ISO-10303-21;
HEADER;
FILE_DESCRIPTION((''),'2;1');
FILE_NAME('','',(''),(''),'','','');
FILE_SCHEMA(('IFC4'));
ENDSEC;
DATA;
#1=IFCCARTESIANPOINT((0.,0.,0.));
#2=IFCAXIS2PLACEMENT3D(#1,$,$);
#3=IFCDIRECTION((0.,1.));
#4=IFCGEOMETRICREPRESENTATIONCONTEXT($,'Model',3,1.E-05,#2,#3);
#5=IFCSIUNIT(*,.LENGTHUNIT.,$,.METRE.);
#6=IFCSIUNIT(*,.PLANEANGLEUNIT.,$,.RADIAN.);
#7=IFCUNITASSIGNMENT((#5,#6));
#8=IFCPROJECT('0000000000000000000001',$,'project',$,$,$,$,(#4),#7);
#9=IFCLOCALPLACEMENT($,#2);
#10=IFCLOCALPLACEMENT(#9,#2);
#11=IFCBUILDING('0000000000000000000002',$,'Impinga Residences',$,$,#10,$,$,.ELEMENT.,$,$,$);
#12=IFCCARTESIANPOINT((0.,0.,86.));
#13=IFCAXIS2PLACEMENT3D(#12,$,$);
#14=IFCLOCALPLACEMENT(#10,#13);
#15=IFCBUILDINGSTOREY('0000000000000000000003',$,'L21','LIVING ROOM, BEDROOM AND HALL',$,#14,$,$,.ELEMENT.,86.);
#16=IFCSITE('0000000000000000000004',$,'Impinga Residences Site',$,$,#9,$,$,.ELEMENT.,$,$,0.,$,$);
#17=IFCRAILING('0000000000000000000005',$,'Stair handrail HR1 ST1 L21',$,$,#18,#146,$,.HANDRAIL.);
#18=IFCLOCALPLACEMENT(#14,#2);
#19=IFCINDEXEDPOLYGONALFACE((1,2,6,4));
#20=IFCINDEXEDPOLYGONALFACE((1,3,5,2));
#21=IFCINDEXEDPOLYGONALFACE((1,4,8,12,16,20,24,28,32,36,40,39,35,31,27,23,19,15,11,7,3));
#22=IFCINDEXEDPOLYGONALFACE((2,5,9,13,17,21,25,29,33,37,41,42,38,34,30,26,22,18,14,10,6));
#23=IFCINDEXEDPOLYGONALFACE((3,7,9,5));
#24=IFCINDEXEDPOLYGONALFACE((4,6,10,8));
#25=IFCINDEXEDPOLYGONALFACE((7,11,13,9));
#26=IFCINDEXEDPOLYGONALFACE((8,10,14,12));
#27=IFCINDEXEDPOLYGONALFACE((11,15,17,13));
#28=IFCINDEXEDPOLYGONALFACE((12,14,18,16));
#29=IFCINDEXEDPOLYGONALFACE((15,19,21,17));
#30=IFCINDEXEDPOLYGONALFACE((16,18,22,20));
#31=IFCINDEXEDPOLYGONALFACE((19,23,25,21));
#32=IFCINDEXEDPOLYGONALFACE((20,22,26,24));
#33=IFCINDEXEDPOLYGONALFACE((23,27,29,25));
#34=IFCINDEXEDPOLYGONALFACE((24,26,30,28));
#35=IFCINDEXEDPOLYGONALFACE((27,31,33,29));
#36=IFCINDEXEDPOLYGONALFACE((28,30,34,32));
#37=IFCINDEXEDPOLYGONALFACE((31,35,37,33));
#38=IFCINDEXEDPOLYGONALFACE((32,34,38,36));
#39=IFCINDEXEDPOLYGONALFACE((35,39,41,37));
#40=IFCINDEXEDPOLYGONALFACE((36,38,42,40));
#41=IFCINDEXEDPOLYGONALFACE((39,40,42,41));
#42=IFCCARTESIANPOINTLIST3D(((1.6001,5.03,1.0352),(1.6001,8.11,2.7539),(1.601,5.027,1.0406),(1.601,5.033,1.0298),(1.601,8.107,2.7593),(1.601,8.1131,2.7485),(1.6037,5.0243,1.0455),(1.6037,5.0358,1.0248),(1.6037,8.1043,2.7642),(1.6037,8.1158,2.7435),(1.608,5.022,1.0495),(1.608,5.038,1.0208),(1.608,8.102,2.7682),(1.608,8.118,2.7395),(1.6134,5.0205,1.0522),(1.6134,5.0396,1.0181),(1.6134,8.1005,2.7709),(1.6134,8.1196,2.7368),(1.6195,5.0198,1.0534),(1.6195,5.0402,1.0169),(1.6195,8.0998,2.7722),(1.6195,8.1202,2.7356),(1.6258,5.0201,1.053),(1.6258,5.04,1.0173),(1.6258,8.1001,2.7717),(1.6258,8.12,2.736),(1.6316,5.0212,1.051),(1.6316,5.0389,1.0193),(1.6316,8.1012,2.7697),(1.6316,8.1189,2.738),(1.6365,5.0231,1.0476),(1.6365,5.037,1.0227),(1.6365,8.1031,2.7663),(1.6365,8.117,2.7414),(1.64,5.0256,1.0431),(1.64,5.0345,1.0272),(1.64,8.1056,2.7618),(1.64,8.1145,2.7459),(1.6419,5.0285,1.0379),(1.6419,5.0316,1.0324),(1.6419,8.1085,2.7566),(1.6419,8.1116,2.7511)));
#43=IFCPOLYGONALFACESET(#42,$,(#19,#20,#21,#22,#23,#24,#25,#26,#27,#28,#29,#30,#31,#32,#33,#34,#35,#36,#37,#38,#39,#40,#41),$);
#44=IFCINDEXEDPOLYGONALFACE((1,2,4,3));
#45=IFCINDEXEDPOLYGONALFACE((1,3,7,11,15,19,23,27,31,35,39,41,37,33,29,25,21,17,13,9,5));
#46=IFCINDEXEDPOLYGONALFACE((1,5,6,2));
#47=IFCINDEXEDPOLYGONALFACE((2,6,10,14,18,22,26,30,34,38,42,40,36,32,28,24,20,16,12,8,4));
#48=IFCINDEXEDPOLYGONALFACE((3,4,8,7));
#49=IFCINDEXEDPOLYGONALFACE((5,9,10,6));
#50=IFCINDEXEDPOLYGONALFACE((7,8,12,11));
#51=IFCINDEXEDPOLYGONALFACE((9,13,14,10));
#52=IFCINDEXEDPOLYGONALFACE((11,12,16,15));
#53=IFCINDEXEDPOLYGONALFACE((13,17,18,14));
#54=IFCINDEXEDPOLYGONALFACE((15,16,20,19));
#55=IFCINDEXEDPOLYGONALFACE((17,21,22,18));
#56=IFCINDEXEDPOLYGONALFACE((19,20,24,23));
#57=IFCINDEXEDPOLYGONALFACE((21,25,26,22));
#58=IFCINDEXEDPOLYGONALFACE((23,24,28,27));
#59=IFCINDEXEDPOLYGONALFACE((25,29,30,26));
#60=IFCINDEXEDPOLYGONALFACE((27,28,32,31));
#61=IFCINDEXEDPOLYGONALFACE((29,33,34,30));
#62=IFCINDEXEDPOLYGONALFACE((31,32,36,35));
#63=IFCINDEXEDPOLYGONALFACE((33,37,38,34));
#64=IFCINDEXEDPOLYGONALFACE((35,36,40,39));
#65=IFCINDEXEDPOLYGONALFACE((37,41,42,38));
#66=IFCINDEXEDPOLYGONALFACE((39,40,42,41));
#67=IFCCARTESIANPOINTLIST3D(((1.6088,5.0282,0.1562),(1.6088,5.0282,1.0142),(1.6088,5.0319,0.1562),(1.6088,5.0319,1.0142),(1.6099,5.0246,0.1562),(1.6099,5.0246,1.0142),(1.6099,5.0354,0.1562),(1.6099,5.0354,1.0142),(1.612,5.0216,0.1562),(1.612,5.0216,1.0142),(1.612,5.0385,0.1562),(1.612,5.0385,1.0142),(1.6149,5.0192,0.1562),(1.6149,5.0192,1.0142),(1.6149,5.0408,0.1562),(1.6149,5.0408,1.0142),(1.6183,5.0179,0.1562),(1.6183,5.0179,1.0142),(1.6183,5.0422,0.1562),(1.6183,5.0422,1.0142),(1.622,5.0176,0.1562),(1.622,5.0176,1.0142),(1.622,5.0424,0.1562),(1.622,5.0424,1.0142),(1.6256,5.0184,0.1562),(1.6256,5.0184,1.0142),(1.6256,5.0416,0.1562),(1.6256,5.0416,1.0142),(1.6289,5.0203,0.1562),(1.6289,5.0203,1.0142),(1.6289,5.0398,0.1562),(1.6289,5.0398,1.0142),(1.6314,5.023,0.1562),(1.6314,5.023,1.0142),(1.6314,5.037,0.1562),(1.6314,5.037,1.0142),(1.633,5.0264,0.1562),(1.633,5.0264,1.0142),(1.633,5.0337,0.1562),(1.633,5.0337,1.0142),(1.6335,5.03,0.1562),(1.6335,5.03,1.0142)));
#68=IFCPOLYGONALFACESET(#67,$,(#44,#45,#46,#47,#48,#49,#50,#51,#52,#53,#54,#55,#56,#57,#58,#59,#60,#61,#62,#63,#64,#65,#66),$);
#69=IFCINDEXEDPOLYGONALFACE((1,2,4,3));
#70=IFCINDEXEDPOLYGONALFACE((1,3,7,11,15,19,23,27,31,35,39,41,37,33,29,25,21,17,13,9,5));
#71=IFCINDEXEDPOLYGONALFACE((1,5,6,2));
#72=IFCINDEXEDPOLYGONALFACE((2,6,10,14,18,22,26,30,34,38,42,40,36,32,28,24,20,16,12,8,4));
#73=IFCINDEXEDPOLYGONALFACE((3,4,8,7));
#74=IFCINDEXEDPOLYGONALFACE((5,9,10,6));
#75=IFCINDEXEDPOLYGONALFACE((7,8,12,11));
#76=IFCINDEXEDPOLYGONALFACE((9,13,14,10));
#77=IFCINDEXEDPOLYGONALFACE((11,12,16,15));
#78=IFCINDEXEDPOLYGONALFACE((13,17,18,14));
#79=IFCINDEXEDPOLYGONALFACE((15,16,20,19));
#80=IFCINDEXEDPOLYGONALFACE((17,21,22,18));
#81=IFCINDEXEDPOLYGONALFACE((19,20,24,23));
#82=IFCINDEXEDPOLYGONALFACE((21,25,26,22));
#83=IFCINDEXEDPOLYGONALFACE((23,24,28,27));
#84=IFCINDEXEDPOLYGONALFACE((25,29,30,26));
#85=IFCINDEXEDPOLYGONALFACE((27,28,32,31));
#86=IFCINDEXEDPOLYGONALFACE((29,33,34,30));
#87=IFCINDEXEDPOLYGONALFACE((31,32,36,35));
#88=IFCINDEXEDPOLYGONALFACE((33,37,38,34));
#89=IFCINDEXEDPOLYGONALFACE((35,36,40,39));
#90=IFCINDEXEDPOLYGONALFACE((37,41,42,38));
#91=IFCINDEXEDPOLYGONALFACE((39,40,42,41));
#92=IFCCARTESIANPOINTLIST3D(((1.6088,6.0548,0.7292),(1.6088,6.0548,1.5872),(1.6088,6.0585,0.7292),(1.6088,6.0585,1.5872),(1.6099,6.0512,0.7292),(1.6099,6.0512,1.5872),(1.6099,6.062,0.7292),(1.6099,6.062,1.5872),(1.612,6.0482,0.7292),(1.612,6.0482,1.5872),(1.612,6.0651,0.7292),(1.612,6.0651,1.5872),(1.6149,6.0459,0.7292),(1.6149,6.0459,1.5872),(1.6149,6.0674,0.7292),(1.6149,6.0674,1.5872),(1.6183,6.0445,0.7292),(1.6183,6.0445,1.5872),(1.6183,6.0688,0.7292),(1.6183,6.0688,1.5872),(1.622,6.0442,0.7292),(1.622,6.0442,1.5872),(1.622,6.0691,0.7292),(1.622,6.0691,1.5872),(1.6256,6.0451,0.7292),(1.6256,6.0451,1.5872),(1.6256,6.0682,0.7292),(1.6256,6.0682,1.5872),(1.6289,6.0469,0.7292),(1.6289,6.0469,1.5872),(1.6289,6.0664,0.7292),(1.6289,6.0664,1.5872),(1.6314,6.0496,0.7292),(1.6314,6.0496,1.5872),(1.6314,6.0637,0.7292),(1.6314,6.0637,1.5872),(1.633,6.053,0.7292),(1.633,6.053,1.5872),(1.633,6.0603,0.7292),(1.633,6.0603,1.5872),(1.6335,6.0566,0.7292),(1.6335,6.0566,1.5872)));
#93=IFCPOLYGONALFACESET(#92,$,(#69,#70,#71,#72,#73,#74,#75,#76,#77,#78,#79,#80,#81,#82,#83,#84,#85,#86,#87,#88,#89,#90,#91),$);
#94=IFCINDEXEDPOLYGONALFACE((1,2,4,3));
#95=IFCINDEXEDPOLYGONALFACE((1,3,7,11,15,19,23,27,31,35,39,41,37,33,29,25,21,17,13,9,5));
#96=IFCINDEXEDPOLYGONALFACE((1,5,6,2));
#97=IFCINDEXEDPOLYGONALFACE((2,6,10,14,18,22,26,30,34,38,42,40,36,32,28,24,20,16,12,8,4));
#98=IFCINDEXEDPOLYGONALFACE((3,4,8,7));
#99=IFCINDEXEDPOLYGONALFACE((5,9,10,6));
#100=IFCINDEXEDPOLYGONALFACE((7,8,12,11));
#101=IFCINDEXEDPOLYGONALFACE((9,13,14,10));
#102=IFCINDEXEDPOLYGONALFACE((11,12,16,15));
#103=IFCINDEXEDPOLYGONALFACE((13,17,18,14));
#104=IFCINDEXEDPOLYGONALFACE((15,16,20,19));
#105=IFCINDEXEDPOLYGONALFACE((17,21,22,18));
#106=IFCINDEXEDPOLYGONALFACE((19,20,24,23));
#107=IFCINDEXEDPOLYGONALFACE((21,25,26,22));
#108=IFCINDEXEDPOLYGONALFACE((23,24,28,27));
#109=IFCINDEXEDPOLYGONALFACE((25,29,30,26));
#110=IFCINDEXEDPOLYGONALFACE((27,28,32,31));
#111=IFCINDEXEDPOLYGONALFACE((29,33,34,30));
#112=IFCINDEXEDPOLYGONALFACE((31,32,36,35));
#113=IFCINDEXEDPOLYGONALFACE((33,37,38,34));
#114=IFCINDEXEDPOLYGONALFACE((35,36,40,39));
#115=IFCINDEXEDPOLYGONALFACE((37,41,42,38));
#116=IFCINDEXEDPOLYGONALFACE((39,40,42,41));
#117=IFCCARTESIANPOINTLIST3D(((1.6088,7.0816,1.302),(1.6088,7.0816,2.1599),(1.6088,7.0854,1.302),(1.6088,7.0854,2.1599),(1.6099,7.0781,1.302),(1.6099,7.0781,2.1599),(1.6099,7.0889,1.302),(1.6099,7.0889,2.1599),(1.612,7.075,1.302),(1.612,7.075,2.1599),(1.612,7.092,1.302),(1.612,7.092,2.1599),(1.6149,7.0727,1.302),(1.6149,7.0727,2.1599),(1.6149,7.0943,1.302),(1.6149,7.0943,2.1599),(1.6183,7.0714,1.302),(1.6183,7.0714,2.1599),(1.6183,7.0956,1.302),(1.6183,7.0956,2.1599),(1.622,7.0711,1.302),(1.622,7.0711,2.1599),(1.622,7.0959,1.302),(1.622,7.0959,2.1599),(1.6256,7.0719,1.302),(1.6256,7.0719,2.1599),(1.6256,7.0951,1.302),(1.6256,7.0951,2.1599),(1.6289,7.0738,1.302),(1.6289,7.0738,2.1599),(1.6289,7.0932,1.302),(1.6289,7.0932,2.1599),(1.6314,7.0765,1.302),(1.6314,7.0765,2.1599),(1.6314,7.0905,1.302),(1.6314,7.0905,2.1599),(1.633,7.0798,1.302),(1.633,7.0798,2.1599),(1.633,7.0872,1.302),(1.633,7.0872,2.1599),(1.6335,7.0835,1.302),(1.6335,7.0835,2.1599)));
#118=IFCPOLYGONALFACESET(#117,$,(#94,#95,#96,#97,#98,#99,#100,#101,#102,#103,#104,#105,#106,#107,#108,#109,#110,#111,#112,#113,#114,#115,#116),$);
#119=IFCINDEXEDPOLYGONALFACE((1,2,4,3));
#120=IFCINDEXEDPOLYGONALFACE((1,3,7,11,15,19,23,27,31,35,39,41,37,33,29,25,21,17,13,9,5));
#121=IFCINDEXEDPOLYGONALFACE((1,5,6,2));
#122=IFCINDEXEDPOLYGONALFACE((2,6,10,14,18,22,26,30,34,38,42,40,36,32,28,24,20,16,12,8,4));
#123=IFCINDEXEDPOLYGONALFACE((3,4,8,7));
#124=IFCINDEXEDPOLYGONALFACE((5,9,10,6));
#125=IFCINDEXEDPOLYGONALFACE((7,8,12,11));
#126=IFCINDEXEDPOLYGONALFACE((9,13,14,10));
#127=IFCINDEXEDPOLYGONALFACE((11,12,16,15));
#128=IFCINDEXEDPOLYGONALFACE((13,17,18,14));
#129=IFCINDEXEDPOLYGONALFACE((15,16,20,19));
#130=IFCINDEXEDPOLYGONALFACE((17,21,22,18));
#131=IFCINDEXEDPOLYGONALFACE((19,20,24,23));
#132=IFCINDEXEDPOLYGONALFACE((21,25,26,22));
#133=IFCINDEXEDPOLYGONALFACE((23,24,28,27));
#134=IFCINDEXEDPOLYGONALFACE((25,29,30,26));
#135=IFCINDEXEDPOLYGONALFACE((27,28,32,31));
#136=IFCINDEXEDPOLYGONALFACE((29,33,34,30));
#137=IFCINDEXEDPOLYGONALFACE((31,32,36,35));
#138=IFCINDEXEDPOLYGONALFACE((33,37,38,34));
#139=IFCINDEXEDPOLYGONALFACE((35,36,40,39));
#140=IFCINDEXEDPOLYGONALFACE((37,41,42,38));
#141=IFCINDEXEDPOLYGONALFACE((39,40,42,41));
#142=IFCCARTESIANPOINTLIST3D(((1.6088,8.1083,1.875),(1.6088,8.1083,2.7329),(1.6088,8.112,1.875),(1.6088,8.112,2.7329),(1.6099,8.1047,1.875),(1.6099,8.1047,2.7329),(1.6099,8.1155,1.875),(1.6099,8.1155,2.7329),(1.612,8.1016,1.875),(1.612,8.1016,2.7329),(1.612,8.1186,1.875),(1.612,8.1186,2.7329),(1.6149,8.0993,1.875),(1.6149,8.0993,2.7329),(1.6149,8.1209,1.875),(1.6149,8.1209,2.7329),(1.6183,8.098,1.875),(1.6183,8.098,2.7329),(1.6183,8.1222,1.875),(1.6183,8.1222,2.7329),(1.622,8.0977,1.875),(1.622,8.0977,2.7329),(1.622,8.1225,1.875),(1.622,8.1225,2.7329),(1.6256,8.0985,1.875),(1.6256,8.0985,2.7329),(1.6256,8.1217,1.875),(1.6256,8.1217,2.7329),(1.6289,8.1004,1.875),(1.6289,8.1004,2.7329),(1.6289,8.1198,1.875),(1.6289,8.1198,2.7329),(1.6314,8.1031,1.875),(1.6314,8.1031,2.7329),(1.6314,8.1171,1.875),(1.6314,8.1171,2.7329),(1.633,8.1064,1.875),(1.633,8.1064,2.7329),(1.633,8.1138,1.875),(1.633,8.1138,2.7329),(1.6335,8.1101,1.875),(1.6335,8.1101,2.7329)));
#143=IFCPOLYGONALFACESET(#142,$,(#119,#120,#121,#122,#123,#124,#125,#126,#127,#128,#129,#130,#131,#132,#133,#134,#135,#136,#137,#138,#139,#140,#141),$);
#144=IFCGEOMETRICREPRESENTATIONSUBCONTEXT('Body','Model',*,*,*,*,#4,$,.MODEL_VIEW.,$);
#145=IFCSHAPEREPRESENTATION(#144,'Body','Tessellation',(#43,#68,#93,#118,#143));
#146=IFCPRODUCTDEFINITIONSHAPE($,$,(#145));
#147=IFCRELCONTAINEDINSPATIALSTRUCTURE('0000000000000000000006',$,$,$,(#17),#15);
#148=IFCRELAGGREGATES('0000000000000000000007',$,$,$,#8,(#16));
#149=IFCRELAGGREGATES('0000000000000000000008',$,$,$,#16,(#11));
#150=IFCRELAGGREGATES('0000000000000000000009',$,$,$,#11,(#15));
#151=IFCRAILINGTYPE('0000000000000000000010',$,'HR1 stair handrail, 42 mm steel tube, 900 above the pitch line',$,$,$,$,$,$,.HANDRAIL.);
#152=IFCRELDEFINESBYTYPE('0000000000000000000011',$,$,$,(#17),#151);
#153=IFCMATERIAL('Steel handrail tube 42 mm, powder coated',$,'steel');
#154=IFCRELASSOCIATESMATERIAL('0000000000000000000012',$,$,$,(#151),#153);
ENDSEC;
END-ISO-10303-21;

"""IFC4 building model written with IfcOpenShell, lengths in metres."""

from ifc_helpers import new_model, si_unit, direction, frame, origin, origin_2d, place, context, subcontext, project, spatial, circle, extrude, material, type_object, element, save


model = new_model("IFC4")

# Units and contexts
model_context = context("Model", 3, precision=1e-05, world=origin(), true_north=direction((0.0, 1.0)))
body_context = subcontext(model_context, "Body", "Model", "MODEL_VIEW")
ifc_project = project(units=[si_unit("LENGTHUNIT", "METRE"), si_unit("PLANEANGLEUNIT", "RADIAN")], contexts=[model_context])

# Site, building, storey
site_placement = place(None, origin())
site = spatial("IfcSite", under=ifc_project, at=site_placement, Name="Impinga Residences Site", CompositionType="ELEMENT", RefElevation=0.0)
building_placement = place(site_placement, origin())
building = spatial("IfcBuilding", under=site, at=building_placement, Name="Impinga Residences", CompositionType="ELEMENT")
storey_placement = place(building_placement, frame((0.0, 0.0, 86.0)))
storey = spatial("IfcBuildingStorey", under=building, at=storey_placement, Name="L21", Description="LIVING ROOM, BEDROOM AND HALL", CompositionType="ELEMENT", Elevation=86.0)

# Railing
ifc_material_1 = material(Name="Steel handrail tube 42 mm, powder coated", Category="steel")
railing_type_1 = type_object("IfcRailingType", Name="HR1 stair handrail, 42 mm steel tube, 900 above the pitch line", PredefinedType="HANDRAIL", material=ifc_material_1)
railing_1_placement = place(storey_placement, frame((1.6211, 5.03, 0.1562)))
element("IfcRailing", 1, at=railing_1_placement, inside=storey, type_object=railing_type_1, Name="Stair handrail HR1 ST1 L21", PredefinedType="HANDRAIL", context=body_context, shape_type="SweptSolid", body=[
    extrude(circle(Radius=0.021, at=origin_2d()), frame((0.0, 0.0, 0.8789), z_axis=(0.0, 0.873242, 0.487288), x_axis=(-1.0, 0.0, 0.0)), (0.0, 0.0, 1.0), 3.5271),
    extrude(circle(Radius=0.0125, at=origin_2d()), origin(), (0.0, 0.0, 1.0), 0.8579),
    extrude(circle(Radius=0.0125, at=origin_2d()), frame((0.0, 1.0266, 0.573)), (0.0, 0.0, 1.0), 0.8579),
    extrude(circle(Radius=0.0125, at=origin_2d()), frame((0.0, 2.0535, 1.1458)), (0.0, 0.0, 1.0), 0.8579),
    extrude(circle(Radius=0.0125, at=origin_2d()), frame((0.0, 3.0801, 1.7188)), (0.0, 0.0, 1.0), 0.8579),
])

save(model, "model.ifc")
